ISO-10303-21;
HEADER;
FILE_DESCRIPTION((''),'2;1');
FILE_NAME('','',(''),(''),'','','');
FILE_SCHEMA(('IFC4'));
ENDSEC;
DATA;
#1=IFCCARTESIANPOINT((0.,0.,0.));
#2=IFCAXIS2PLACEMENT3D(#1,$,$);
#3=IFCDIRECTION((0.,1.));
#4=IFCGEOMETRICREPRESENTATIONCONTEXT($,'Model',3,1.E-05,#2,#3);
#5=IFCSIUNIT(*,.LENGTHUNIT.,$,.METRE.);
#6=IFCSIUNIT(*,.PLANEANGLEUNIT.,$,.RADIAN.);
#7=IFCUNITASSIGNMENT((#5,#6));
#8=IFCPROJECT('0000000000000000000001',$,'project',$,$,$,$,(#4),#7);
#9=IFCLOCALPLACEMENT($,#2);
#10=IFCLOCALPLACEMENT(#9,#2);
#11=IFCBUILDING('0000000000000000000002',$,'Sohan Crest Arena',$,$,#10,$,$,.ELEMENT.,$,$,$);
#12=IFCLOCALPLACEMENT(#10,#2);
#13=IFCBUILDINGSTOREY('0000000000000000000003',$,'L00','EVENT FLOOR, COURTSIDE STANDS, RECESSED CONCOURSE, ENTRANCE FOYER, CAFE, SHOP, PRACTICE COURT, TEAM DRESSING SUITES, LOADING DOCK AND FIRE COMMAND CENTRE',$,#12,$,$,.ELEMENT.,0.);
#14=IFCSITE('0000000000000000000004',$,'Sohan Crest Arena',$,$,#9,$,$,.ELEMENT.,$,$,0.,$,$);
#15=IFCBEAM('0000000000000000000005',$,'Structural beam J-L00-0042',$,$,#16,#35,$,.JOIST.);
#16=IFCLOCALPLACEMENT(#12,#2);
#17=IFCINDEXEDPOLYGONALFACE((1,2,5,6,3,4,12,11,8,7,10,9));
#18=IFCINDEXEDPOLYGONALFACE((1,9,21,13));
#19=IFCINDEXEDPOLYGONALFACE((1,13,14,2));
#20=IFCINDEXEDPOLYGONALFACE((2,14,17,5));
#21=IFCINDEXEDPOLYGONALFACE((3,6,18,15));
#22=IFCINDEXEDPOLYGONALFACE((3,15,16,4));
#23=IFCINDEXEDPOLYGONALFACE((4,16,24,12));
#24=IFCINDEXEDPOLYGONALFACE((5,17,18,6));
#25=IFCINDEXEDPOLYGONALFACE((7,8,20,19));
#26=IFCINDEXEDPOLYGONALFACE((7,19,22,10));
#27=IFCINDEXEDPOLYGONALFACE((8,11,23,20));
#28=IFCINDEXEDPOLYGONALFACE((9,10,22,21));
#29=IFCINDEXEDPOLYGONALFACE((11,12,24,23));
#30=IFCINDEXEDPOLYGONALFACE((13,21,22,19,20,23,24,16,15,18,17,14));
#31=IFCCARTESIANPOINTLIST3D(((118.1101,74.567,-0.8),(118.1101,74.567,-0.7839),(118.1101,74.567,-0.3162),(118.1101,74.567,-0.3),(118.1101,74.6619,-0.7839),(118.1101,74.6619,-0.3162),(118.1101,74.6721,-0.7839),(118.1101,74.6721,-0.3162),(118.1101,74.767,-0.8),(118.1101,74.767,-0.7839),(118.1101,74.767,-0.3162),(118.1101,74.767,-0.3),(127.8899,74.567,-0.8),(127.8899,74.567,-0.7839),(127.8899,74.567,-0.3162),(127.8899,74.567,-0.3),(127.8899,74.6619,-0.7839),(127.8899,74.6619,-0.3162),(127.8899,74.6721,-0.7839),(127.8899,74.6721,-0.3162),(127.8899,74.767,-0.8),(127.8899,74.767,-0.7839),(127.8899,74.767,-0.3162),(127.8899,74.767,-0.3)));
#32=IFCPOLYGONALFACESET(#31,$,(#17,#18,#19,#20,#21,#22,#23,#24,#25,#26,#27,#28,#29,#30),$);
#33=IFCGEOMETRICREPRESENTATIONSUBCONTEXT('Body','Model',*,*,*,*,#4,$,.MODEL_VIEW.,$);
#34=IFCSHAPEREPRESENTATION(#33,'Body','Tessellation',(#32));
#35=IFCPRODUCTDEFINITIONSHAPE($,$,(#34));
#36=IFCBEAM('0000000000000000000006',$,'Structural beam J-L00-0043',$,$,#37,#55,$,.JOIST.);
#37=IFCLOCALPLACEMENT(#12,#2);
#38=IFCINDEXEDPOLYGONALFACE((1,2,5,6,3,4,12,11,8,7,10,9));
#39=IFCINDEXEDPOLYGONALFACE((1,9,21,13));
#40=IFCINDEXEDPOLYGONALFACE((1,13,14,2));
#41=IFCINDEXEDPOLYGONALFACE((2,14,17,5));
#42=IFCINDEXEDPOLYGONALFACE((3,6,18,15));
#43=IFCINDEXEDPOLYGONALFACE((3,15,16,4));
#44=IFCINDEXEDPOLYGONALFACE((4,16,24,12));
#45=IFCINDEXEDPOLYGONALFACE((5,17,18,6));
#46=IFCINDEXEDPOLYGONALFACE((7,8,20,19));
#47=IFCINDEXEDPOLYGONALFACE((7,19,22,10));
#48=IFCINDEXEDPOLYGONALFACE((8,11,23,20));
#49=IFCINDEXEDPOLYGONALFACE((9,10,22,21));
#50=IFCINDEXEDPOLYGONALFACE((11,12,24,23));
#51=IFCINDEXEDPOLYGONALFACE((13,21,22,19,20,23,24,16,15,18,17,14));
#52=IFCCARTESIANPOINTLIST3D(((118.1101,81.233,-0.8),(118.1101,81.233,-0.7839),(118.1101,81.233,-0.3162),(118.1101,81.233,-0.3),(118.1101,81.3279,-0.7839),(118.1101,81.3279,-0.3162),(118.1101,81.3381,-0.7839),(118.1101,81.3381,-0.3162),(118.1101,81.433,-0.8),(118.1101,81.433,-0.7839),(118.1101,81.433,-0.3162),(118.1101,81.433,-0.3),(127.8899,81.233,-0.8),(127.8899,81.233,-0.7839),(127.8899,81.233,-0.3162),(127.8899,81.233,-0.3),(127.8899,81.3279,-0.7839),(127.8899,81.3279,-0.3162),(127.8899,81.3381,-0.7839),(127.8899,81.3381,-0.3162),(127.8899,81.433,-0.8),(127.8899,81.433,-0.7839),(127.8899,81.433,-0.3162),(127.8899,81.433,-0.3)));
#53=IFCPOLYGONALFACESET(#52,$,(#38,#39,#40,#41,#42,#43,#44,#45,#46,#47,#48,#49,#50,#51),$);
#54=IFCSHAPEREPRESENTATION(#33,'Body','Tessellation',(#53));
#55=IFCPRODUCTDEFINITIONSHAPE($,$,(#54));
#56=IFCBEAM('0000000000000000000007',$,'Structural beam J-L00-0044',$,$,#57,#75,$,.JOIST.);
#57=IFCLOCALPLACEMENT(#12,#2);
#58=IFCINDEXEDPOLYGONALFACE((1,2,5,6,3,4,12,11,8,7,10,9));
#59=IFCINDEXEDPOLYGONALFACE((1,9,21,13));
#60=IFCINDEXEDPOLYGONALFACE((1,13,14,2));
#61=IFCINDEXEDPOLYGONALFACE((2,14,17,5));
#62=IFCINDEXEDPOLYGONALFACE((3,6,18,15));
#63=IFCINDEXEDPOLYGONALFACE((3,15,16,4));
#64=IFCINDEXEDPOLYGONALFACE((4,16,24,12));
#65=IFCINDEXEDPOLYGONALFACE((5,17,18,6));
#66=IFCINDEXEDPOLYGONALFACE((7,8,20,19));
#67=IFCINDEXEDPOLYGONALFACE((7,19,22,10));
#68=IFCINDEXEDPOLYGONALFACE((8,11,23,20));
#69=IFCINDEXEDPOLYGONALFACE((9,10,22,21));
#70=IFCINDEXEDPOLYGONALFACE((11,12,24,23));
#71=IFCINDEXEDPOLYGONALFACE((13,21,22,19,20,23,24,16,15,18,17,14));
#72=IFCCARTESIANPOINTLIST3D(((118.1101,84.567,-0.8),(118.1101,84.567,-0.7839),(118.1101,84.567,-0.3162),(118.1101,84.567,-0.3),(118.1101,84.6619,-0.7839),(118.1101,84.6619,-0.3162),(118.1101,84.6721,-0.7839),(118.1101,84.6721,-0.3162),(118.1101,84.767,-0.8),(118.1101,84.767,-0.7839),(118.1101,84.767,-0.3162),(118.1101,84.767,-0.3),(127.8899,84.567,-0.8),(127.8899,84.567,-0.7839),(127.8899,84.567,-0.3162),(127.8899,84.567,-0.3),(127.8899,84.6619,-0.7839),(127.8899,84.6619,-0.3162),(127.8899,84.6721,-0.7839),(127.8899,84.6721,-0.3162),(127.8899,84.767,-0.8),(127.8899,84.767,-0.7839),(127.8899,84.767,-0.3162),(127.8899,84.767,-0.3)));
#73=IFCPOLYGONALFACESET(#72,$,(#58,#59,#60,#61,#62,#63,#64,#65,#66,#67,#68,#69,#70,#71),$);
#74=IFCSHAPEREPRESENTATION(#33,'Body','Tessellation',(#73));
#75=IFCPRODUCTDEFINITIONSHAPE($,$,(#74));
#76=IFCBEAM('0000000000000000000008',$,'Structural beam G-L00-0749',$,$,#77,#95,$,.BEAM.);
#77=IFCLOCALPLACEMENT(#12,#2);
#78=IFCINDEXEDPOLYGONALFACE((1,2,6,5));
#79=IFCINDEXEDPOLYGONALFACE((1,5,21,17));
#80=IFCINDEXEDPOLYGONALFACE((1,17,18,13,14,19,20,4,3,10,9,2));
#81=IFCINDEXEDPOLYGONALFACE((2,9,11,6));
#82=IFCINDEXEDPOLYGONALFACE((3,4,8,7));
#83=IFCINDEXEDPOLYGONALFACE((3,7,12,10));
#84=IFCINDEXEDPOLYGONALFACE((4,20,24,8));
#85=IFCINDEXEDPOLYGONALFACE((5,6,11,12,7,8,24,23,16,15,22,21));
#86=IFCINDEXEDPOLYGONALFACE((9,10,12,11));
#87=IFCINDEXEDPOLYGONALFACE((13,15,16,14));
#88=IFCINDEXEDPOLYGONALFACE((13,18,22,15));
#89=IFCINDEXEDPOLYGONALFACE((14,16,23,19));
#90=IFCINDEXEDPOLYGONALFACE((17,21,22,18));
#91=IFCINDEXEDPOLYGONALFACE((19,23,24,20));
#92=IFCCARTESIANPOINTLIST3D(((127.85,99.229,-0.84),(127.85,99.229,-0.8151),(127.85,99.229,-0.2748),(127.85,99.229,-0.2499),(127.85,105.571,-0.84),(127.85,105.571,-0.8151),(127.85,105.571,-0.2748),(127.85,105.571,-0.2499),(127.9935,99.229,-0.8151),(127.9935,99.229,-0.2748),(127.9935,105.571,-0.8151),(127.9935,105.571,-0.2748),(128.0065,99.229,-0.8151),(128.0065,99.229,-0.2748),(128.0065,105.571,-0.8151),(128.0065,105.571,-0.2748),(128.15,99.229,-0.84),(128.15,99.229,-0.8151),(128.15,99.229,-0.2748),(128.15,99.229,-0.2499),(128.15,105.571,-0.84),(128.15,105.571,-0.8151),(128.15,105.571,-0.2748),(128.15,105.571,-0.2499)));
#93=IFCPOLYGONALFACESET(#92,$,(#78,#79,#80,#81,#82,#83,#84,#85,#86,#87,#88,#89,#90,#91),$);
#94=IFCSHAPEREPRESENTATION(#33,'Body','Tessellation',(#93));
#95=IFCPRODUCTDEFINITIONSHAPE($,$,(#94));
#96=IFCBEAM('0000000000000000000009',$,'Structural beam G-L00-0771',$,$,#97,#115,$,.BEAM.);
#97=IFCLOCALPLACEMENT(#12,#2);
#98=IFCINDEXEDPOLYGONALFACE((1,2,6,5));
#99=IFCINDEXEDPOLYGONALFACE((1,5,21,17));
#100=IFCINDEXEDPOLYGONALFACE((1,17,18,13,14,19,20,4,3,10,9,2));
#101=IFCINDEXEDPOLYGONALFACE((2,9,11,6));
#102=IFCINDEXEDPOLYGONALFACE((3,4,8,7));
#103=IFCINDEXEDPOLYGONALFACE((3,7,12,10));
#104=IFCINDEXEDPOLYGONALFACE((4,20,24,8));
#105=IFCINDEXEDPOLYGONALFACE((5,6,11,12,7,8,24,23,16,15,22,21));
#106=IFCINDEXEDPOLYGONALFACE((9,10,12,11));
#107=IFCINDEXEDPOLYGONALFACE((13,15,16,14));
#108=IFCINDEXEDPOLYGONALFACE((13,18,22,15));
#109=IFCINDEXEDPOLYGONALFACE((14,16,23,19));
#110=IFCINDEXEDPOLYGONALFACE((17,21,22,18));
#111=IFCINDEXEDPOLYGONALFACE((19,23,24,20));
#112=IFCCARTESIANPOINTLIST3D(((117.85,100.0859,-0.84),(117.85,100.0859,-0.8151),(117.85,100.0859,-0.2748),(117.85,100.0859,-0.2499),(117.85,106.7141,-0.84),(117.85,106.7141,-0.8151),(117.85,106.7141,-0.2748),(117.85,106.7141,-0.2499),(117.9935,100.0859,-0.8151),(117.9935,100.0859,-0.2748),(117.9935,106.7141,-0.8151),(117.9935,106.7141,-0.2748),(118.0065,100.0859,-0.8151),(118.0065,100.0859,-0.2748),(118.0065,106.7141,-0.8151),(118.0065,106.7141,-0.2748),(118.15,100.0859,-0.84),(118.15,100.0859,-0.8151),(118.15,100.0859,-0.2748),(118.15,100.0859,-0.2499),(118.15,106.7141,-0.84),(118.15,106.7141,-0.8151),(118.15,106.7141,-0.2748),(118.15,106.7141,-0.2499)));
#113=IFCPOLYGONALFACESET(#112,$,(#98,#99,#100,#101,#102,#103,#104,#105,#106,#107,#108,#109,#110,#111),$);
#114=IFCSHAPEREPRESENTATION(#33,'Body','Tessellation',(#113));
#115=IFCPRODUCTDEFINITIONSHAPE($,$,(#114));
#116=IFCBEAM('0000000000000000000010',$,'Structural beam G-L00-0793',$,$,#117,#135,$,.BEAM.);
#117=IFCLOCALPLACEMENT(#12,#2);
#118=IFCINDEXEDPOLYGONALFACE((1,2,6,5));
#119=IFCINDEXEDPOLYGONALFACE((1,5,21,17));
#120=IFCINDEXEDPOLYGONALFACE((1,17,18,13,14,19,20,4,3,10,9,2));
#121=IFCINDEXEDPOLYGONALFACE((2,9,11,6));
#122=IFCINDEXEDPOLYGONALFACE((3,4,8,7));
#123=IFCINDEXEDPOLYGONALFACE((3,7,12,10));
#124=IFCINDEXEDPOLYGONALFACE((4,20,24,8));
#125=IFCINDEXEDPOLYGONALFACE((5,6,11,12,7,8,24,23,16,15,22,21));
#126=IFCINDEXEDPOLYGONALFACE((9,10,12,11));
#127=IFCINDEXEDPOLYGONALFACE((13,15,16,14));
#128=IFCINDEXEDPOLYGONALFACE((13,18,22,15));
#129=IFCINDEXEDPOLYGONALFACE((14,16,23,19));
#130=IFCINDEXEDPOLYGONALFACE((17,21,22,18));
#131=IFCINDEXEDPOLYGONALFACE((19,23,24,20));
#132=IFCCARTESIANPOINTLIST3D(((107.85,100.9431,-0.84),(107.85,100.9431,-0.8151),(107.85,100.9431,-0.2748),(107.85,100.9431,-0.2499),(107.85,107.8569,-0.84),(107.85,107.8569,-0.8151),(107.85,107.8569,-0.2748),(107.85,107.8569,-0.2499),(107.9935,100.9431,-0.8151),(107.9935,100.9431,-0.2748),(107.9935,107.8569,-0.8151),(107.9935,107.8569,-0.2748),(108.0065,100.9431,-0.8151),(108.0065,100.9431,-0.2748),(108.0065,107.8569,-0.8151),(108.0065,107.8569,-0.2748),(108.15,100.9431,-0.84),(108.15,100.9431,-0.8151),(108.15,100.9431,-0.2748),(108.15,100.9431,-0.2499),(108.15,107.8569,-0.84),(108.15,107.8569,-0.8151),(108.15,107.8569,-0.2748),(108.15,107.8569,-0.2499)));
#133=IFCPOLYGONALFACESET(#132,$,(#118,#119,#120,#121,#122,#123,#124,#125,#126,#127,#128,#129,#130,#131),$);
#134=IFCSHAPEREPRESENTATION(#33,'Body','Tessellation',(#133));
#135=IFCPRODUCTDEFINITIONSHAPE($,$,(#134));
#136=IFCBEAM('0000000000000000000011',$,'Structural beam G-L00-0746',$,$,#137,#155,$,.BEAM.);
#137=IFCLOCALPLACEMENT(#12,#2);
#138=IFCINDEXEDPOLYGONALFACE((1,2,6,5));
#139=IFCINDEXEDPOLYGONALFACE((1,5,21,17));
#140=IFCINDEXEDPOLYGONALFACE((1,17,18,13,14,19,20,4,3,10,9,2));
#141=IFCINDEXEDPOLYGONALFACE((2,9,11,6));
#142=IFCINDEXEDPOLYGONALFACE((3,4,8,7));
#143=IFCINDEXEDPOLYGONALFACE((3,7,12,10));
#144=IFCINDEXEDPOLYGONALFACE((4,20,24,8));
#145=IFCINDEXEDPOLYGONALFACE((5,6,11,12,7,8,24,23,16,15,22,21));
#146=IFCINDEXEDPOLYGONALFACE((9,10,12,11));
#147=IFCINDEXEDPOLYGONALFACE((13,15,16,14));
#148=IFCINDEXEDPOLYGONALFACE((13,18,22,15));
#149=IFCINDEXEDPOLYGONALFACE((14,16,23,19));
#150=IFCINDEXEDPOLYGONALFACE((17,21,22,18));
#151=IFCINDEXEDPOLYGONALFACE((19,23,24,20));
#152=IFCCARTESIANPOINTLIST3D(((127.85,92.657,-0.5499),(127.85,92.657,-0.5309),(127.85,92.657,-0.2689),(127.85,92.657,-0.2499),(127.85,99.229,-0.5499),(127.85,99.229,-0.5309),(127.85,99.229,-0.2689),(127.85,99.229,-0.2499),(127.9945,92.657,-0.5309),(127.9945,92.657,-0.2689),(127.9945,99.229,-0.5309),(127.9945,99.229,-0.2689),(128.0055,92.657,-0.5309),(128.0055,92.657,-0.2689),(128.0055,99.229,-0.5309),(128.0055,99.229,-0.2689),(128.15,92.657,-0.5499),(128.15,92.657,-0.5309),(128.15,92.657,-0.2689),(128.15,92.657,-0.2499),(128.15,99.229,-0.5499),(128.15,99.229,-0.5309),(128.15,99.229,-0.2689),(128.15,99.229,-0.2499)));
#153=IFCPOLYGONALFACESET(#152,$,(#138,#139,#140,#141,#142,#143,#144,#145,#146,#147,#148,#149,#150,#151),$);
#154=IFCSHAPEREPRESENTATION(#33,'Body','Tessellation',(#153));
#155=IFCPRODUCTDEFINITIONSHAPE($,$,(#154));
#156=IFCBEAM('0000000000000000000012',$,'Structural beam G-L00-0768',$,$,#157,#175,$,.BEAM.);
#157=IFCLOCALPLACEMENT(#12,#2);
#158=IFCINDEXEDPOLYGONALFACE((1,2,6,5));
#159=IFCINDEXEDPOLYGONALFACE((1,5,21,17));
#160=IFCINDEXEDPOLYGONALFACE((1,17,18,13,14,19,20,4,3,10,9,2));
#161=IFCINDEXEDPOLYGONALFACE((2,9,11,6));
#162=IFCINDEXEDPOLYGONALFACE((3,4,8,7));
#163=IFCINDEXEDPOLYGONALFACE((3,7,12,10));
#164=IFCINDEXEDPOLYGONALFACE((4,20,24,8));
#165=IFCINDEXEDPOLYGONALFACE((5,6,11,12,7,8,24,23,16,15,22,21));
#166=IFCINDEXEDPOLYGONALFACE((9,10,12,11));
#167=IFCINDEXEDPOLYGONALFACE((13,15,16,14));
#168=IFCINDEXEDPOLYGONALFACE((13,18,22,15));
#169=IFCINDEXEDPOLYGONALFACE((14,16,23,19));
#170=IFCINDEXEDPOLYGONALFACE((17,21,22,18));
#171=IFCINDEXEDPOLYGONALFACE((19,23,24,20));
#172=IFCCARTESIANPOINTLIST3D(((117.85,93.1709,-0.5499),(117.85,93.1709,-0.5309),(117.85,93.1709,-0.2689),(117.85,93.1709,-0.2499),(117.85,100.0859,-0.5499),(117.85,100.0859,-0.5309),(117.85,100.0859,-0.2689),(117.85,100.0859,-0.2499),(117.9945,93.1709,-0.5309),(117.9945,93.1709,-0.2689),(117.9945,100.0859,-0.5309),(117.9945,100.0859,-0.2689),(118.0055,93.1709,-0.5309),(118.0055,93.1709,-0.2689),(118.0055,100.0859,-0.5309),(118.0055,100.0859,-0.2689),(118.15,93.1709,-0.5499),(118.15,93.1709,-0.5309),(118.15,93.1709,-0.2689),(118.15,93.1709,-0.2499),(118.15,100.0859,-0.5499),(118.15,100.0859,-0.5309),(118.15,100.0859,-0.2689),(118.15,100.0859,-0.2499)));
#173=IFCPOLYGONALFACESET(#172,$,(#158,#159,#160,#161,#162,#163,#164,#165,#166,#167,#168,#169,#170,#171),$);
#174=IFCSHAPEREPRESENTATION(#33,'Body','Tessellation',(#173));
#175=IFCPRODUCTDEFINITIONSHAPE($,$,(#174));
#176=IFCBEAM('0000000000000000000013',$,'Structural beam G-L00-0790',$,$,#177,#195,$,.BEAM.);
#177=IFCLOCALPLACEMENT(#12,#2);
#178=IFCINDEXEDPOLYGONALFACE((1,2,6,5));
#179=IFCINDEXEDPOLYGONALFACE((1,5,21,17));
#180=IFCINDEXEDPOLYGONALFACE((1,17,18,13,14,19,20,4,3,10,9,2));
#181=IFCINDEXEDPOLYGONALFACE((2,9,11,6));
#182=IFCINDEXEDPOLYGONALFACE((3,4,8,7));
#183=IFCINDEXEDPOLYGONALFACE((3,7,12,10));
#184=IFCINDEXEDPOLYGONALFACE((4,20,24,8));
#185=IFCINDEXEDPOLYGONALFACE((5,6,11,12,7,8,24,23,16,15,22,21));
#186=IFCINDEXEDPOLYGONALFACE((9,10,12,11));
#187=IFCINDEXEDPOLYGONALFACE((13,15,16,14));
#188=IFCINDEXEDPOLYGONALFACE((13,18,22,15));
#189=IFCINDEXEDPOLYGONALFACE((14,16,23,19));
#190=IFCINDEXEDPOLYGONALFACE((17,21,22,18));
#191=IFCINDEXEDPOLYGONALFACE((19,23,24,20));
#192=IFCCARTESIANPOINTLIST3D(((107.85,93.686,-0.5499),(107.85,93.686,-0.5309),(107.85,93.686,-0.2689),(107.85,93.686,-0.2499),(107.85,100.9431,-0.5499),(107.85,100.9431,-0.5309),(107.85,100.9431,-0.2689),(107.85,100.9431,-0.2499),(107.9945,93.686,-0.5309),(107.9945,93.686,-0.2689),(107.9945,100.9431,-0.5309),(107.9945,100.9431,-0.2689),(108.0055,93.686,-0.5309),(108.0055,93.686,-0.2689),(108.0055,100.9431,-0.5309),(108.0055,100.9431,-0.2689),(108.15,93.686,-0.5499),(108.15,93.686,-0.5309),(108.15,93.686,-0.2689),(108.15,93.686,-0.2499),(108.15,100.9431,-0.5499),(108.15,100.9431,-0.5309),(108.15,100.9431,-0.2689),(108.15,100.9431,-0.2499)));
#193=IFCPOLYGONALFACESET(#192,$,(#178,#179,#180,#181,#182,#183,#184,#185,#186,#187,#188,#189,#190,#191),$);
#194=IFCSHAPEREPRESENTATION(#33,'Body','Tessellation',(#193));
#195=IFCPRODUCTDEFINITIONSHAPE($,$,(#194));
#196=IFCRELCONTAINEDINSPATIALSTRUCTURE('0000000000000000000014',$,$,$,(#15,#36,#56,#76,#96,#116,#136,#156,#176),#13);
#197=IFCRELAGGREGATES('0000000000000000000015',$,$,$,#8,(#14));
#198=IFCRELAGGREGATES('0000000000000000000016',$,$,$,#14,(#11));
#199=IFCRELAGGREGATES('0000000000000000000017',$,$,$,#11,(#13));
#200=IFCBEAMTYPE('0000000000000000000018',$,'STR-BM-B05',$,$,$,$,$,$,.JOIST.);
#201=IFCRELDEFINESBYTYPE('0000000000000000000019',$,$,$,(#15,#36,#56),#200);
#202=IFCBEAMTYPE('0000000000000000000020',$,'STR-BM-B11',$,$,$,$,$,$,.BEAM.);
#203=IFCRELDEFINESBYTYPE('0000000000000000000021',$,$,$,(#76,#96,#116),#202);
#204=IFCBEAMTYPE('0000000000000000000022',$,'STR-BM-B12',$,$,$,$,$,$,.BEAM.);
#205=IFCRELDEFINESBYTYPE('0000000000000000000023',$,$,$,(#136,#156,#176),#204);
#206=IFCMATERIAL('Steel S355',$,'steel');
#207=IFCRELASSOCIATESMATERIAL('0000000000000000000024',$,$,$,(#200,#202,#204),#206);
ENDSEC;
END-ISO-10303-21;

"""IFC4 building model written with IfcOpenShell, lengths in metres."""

from ifc_helpers import new_model, si_unit, direction, frame, origin, origin_2d, place, context, subcontext, project, spatial, i_section, extrude, material, material_profile, profile_set, type_object, element, save


model = new_model("IFC4")

# Units and contexts
model_context = context("Model", 3, precision=1e-05, world=origin(), true_north=direction((0.0, 1.0)))
body_context = subcontext(model_context, "Body", "Model", "MODEL_VIEW")
ifc_project = project(units=[si_unit("LENGTHUNIT", "METRE"), si_unit("PLANEANGLEUNIT", "RADIAN")], contexts=[model_context])

# Site, building, storey
site_placement = place(None, origin())
site = spatial("IfcSite", under=ifc_project, at=site_placement, Name="Sohan Crest Arena", CompositionType="ELEMENT", RefElevation=0.0)
building_placement = place(site_placement, origin())
building = spatial("IfcBuilding", under=site, at=building_placement, Name="Sohan Crest Arena", CompositionType="ELEMENT")
storey_placement = place(building_placement, origin())
storey = spatial("IfcBuildingStorey", under=building, at=storey_placement, Name="L00", Description="EVENT FLOOR, COURTSIDE STANDS, RECESSED CONCOURSE, ENTRANCE FOYER, CAFE, SHOP, PRACTICE COURT, TEAM DRESSING SUITES, LOADING DOCK AND FIRE COMMAND CENTRE", CompositionType="ELEMENT", Elevation=0.0)

# Beams
ifc_material_1 = material(Name="Steel S355", Category="steel")
ifc_material_profile_1 = material_profile(ifc_material_1, i_section(OverallWidth=0.2, OverallDepth=0.5, WebThickness=0.0103, FlangeThickness=0.0161, at=origin_2d()), Name="IPE 500")
ifc_profile_set_1 = profile_set([ifc_material_profile_1], Name="Steel S355")
beam_type_1 = type_object("IfcBeamType", Name="STR-BM-B05", PredefinedType="JOIST", material=ifc_profile_set_1)
for number, where, z_axis, x_axis, name in (
    (1, (118.1101, 74.667, -0.55), (1.0, 0.0, 0.0), (0.0, 1.0, 0.0), "Structural beam J-L00-0042"),
    (2, (118.1101, 81.333, -0.55), (1.0, 0.0, 0.0), (0.0, 1.0, 0.0), "Structural beam J-L00-0043"),
    (3, (118.1101, 84.667, -0.55), (1.0, 0.0, 0.0), (0.0, 1.0, 0.0), "Structural beam J-L00-0044"),
):
    element("IfcBeam", number, at=place(storey_placement, frame(where, z_axis=z_axis, x_axis=x_axis)), inside=storey, type_object=beam_type_1, Name=name, PredefinedType="JOIST", context=body_context, shape_type="SweptSolid", body=[
        extrude(i_section(OverallWidth=0.2, OverallDepth=0.5, WebThickness=0.0103, FlangeThickness=0.0161, at=origin_2d()), origin(), (0.0, 0.0, 1.0), 9.7798),
    ])
ifc_material_profile_2 = material_profile(ifc_material_1, i_section(OverallWidth=0.3, OverallDepth=0.5901, WebThickness=0.0129, FlangeThickness=0.0249, at=origin_2d()), Name="HEA 600")
ifc_profile_set_2 = profile_set([ifc_material_profile_2], Name="Steel S355")
beam_type_2 = type_object("IfcBeamType", Name="STR-BM-B11", PredefinedType="BEAM", material=ifc_profile_set_2)
beam_1_placement = place(storey_placement, frame((128.0, 99.229, -0.5449), z_axis=(0.0, 1.0, 0.0), x_axis=(-1.0, 0.0, 0.0)))
element("IfcBeam", 4, at=beam_1_placement, inside=storey, type_object=beam_type_2, Name="Structural beam G-L00-0749", PredefinedType="BEAM", context=body_context, shape_type="SweptSolid", body=[
    extrude(i_section(OverallWidth=0.3, OverallDepth=0.5901, WebThickness=0.0129, FlangeThickness=0.0249, at=origin_2d()), origin(), (0.0, 0.0, 1.0), 6.342),
])
beam_2_placement = place(storey_placement, frame((118.0, 100.0859, -0.5449), z_axis=(0.0, 1.0, 0.0), x_axis=(-1.0, 0.0, 0.0)))
element("IfcBeam", 5, at=beam_2_placement, inside=storey, type_object=beam_type_2, Name="Structural beam G-L00-0771", PredefinedType="BEAM", context=body_context, shape_type="SweptSolid", body=[
    extrude(i_section(OverallWidth=0.3, OverallDepth=0.5901, WebThickness=0.0129, FlangeThickness=0.0249, at=origin_2d()), origin(), (0.0, 0.0, 1.0), 6.6282),
])
beam_3_placement = place(storey_placement, frame((108.0, 100.9431, -0.5449), z_axis=(0.0, 1.0, 0.0), x_axis=(-1.0, 0.0, 0.0)))
element("IfcBeam", 6, at=beam_3_placement, inside=storey, type_object=beam_type_2, Name="Structural beam G-L00-0793", PredefinedType="BEAM", context=body_context, shape_type="SweptSolid", body=[
    extrude(i_section(OverallWidth=0.3, OverallDepth=0.5901, WebThickness=0.0129, FlangeThickness=0.0249, at=origin_2d()), origin(), (0.0, 0.0, 1.0), 6.9138),
])
ifc_material_profile_3 = material_profile(ifc_material_1, i_section(OverallWidth=0.3, OverallDepth=0.3, WebThickness=0.011, FlangeThickness=0.019, at=origin_2d()), Name="HEB 300")
ifc_profile_set_3 = profile_set([ifc_material_profile_3], Name="Steel S355")
beam_type_3 = type_object("IfcBeamType", Name="STR-BM-B12", PredefinedType="BEAM", material=ifc_profile_set_3)
beam_4_placement = place(storey_placement, frame((128.0, 92.657, -0.3999), z_axis=(0.0, 1.0, 0.0), x_axis=(-1.0, 0.0, 0.0)))
element("IfcBeam", 7, at=beam_4_placement, inside=storey, type_object=beam_type_3, Name="Structural beam G-L00-0746", PredefinedType="BEAM", context=body_context, shape_type="SweptSolid", body=[
    extrude(i_section(OverallWidth=0.3, OverallDepth=0.3, WebThickness=0.011, FlangeThickness=0.019, at=origin_2d()), origin(), (0.0, 0.0, 1.0), 6.572),
])
beam_5_placement = place(storey_placement, frame((118.0, 93.1709, -0.3999), z_axis=(0.0, 1.0, 0.0), x_axis=(-1.0, 0.0, 0.0)))
element("IfcBeam", 8, at=beam_5_placement, inside=storey, type_object=beam_type_3, Name="Structural beam G-L00-0768", PredefinedType="BEAM", context=body_context, shape_type="SweptSolid", body=[
    extrude(i_section(OverallWidth=0.3, OverallDepth=0.3, WebThickness=0.011, FlangeThickness=0.019, at=origin_2d()), origin(), (0.0, 0.0, 1.0), 6.915),
])
beam_6_placement = place(storey_placement, frame((108.0, 93.686, -0.3999), z_axis=(0.0, 1.0, 0.0), x_axis=(-1.0, 0.0, 0.0)))
element("IfcBeam", 9, at=beam_6_placement, inside=storey, type_object=beam_type_3, Name="Structural beam G-L00-0790", PredefinedType="BEAM", context=body_context, shape_type="SweptSolid", body=[
    extrude(i_section(OverallWidth=0.3, OverallDepth=0.3, WebThickness=0.011, FlangeThickness=0.019, at=origin_2d()), origin(), (0.0, 0.0, 1.0), 7.2571),
])

save(model, "model.ifc")
